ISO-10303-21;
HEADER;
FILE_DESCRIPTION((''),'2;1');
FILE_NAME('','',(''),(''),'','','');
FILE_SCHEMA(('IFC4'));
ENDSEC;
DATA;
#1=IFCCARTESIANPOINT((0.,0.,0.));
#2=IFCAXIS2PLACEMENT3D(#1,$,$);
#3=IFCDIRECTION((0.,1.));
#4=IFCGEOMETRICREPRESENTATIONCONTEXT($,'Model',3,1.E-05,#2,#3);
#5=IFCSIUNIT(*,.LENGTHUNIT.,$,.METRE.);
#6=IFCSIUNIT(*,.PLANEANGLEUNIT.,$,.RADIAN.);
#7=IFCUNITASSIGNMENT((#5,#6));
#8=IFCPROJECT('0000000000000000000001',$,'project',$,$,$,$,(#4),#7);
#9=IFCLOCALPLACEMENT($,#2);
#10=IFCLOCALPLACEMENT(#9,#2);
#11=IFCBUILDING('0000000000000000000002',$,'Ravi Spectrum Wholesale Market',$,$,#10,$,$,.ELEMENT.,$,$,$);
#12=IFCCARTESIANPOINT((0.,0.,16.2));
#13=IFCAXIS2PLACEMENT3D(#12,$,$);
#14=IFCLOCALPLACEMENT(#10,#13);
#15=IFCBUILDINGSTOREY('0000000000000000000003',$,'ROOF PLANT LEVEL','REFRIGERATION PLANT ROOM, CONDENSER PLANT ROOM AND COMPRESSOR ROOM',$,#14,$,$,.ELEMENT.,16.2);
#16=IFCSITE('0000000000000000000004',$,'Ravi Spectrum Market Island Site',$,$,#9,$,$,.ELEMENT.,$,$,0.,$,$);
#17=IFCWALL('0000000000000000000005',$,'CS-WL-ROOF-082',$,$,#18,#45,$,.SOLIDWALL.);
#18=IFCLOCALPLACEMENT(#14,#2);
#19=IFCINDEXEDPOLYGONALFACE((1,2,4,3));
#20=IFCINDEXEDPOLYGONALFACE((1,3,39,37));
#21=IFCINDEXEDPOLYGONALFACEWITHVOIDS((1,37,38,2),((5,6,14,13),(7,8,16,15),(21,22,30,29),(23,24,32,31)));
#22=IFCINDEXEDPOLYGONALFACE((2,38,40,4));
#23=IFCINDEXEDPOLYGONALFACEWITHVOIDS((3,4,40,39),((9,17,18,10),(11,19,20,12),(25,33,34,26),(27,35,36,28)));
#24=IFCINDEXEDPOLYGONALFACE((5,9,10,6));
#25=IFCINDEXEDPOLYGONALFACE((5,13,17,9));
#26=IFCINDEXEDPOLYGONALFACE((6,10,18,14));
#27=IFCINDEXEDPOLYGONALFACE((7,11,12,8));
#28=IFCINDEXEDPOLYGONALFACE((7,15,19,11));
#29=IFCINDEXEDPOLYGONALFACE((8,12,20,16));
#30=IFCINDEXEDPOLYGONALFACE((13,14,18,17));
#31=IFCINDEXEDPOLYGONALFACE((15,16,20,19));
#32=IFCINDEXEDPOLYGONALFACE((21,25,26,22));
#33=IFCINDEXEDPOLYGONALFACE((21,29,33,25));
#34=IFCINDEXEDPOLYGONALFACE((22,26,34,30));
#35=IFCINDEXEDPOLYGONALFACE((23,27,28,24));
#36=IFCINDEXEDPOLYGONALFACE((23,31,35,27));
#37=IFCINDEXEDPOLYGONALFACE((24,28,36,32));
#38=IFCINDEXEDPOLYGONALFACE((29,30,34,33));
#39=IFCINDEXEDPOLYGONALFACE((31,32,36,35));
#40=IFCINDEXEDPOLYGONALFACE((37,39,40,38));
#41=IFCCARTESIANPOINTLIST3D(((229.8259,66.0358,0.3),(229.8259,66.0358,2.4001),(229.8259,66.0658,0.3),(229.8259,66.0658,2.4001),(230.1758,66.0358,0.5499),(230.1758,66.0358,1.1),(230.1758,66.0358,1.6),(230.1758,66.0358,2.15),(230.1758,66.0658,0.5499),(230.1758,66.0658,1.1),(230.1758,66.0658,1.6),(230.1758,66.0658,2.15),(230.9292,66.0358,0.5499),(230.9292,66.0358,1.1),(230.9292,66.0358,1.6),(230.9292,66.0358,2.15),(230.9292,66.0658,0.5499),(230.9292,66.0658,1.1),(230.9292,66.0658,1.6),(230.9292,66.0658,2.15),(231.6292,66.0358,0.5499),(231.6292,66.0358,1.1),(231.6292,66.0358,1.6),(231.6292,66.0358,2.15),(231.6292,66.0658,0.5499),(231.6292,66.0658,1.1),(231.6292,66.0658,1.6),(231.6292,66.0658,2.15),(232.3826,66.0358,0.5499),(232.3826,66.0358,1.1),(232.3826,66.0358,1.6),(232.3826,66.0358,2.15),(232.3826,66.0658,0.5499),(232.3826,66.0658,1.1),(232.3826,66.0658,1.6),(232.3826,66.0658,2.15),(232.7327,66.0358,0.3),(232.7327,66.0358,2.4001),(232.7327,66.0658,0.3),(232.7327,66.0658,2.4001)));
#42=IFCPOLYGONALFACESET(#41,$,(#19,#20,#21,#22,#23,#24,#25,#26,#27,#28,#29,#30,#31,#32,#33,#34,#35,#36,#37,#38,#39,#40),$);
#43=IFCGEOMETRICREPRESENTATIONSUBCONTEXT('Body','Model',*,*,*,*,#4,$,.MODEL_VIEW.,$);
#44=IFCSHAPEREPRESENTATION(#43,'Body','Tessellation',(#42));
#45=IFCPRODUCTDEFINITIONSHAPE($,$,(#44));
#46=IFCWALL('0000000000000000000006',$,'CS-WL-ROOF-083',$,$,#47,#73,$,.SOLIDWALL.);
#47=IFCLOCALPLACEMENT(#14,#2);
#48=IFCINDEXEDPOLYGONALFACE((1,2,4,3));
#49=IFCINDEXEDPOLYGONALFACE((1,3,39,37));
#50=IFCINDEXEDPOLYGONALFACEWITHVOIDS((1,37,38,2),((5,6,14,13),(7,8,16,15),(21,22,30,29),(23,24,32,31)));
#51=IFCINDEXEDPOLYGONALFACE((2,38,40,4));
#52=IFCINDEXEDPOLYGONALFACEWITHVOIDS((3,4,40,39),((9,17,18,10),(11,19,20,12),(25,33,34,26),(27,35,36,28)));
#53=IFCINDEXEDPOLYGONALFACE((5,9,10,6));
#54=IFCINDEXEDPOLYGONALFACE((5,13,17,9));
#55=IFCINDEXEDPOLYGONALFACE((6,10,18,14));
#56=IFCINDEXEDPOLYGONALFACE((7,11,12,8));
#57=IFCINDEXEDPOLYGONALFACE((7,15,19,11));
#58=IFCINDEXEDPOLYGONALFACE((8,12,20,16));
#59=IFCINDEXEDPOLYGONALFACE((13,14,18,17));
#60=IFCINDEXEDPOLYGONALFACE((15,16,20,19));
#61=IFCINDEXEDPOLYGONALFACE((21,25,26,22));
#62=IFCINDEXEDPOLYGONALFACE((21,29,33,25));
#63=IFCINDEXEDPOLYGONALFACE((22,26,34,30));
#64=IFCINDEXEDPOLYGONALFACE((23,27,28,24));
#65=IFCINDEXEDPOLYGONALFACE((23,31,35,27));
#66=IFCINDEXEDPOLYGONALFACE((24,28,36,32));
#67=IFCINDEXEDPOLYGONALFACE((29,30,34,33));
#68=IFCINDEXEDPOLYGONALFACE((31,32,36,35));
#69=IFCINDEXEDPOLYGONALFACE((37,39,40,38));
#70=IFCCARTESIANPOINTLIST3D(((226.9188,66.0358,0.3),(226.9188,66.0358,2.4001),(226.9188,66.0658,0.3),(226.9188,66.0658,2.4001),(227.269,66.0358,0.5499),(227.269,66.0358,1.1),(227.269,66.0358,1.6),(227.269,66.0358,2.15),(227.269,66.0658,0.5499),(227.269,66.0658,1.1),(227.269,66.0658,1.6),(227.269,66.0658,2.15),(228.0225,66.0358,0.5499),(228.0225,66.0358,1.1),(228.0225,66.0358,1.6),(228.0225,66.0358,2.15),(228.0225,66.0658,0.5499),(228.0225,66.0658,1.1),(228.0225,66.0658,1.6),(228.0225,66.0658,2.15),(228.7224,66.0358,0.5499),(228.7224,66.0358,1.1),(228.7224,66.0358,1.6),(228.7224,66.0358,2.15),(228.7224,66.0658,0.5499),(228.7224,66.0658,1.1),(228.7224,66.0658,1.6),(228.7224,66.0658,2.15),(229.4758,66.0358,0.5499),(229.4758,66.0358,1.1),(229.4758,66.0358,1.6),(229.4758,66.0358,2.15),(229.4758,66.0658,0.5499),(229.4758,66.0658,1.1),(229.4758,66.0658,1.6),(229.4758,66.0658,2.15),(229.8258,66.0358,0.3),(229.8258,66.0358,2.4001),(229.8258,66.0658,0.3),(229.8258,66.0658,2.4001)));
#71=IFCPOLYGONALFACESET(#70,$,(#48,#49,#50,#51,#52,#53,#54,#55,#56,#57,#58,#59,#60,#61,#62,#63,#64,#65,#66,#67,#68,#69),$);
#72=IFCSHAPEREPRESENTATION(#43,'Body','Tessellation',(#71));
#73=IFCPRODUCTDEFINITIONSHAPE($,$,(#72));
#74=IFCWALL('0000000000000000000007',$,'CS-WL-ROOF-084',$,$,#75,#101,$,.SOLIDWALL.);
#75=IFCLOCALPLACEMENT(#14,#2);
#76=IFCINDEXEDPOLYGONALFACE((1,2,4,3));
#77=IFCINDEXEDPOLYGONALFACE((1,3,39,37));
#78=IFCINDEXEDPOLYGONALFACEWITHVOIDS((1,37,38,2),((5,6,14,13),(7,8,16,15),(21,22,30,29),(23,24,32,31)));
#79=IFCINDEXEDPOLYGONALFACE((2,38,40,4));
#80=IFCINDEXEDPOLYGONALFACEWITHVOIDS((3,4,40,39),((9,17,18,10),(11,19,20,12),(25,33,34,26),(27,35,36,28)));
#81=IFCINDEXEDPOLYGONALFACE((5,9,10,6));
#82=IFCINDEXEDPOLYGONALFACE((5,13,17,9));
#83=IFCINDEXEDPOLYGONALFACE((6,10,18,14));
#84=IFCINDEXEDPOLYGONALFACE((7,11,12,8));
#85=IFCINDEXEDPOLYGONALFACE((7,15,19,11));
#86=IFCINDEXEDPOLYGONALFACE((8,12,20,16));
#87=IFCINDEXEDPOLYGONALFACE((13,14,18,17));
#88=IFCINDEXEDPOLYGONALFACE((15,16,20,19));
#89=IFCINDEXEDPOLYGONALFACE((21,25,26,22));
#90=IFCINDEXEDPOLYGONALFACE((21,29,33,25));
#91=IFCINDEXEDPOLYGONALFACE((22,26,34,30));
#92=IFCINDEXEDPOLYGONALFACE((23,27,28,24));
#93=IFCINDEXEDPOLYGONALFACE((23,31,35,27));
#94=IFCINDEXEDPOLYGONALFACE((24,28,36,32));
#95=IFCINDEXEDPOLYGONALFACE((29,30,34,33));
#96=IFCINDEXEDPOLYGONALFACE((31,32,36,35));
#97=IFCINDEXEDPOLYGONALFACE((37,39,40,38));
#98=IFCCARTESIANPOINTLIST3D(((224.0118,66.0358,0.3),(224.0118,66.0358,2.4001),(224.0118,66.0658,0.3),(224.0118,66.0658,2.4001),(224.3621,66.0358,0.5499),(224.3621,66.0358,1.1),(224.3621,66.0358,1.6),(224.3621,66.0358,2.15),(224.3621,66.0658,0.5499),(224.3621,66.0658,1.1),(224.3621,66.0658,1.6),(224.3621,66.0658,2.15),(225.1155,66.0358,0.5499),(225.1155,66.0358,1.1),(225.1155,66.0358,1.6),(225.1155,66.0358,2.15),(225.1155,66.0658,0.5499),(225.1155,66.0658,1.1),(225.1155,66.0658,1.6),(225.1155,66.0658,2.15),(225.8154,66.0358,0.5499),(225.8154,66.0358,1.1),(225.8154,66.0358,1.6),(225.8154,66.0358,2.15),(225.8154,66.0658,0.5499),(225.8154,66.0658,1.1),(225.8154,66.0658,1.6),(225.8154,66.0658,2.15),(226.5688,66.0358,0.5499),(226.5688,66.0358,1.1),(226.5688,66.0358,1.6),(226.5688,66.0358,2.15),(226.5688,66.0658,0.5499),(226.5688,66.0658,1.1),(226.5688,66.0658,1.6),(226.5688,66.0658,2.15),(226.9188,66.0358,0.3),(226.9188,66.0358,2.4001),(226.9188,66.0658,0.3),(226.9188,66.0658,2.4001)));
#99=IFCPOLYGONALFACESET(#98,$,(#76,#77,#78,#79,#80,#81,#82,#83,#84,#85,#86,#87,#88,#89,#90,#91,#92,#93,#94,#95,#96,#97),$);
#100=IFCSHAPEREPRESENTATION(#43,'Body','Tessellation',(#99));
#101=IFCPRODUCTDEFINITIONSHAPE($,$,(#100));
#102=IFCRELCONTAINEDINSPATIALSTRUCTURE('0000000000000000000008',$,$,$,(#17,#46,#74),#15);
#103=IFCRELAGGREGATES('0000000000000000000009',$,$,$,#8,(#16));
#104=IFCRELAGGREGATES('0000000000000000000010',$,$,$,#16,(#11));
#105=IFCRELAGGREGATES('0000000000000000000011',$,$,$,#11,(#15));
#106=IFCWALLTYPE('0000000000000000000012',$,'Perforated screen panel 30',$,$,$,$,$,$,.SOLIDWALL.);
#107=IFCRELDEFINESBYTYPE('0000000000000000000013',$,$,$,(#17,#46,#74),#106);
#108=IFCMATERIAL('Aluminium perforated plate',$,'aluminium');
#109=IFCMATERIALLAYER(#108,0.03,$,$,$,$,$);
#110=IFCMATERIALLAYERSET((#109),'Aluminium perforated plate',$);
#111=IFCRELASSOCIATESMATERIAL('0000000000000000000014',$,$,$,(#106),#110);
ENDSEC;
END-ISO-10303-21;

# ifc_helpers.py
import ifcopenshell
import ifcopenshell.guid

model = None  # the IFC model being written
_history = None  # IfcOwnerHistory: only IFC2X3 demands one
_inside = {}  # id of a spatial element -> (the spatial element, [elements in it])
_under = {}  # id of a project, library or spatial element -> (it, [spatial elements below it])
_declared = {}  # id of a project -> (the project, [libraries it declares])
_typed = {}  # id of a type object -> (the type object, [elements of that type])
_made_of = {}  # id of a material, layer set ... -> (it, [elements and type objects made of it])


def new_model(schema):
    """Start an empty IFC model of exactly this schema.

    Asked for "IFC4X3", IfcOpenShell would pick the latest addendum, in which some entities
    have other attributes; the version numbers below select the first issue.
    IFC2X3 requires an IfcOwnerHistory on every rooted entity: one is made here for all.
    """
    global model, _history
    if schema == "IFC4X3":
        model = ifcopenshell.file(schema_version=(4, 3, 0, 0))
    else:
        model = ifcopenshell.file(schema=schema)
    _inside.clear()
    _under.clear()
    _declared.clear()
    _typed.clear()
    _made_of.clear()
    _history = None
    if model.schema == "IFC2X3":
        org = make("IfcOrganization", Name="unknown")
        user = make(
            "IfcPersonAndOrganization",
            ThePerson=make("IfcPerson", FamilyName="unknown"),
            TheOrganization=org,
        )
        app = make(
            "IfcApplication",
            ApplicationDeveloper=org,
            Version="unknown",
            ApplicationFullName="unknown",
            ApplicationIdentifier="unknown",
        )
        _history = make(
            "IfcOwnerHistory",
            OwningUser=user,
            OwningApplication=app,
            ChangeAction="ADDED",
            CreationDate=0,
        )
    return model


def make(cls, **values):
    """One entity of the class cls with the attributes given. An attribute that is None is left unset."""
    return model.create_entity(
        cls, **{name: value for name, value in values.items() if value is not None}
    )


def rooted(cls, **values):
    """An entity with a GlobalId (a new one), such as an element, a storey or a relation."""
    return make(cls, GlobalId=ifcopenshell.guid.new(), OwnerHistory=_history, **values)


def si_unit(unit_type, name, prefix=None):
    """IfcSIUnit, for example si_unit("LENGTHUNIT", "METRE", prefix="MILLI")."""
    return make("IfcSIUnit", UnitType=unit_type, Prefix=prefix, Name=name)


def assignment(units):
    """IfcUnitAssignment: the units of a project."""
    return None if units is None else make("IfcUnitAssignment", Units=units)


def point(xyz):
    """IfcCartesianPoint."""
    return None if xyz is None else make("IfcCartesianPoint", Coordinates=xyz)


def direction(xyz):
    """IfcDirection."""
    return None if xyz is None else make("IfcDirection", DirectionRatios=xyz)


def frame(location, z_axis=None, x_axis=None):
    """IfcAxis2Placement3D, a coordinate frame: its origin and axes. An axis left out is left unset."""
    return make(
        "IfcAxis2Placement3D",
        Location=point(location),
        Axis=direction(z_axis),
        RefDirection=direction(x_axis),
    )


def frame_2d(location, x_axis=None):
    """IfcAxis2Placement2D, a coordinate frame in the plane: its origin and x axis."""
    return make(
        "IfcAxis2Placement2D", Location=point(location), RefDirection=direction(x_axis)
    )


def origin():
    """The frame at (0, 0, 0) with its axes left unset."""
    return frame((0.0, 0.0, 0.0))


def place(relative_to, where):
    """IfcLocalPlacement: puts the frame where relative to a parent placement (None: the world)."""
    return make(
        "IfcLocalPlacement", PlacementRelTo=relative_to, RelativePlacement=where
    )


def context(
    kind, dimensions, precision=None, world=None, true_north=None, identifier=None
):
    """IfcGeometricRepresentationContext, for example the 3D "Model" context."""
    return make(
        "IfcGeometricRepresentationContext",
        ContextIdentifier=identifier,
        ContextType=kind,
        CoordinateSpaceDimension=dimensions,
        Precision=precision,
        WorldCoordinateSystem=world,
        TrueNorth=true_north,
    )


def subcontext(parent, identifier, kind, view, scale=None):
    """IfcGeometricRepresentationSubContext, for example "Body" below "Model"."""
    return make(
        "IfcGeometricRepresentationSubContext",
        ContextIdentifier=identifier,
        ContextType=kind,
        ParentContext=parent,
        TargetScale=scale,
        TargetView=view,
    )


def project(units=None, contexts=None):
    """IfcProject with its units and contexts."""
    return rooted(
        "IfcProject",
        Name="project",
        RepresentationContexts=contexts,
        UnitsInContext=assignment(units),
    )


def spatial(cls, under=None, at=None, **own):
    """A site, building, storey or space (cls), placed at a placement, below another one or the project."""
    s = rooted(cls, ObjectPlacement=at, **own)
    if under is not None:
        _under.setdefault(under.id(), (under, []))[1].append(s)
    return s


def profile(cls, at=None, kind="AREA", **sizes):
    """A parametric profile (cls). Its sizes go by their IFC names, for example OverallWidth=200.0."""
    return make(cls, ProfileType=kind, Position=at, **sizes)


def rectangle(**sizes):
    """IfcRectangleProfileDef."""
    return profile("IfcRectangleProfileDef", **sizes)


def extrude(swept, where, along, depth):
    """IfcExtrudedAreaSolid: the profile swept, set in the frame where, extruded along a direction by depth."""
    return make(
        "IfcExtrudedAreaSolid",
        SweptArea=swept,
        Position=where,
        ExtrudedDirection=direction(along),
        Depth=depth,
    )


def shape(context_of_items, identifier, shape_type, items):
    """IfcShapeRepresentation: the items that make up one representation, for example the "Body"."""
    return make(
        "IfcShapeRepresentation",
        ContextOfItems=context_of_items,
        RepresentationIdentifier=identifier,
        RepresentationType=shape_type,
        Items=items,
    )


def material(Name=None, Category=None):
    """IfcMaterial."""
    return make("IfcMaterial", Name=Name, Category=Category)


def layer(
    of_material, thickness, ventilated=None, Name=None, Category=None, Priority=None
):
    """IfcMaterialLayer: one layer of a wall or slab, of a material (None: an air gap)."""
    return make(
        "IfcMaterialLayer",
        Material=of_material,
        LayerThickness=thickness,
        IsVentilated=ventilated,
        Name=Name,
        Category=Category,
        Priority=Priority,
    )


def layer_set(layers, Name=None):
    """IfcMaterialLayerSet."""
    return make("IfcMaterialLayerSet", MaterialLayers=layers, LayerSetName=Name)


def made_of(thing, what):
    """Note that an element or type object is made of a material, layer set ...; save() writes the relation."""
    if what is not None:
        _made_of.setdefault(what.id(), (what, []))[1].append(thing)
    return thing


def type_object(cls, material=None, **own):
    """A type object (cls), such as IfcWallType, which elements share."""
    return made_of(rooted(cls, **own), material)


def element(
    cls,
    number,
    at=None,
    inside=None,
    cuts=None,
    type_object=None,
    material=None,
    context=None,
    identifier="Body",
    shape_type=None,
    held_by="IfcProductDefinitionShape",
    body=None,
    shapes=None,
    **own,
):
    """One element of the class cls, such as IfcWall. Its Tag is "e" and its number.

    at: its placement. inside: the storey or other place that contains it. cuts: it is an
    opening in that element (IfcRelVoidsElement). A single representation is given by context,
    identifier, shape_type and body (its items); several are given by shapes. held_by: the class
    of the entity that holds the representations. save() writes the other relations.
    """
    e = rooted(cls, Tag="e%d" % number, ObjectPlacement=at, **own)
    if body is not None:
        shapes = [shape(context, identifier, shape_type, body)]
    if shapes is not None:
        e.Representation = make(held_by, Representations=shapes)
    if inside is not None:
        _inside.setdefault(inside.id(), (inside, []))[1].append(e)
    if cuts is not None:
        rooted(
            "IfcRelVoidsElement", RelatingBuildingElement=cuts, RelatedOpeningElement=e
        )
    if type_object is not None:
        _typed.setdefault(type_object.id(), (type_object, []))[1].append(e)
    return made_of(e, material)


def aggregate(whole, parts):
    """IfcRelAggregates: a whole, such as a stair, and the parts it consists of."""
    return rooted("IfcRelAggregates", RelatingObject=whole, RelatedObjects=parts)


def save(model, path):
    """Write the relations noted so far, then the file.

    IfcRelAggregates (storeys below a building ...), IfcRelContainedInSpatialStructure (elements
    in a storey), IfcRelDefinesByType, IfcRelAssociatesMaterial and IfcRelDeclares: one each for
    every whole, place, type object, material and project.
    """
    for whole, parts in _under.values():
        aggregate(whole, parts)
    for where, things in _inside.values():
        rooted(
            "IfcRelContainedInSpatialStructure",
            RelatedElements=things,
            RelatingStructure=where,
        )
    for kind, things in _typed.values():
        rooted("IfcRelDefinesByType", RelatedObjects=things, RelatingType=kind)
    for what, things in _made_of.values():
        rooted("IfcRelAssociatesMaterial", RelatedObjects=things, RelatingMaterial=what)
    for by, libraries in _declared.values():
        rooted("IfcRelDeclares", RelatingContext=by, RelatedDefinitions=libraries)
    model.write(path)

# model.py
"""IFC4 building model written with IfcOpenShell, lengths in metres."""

from ifc_helpers import new_model, si_unit, direction, frame, frame_2d, origin, place, context, subcontext, project, spatial, rectangle, extrude, material, layer, layer_set, type_object, element, save


model = new_model("IFC4")

# Units and contexts
model_context = context("Model", 3, precision=1e-05, world=origin(), true_north=direction((0.0, 1.0)))
body_context = subcontext(model_context, "Body", "Model", "MODEL_VIEW")
ifc_project = project(units=[si_unit("LENGTHUNIT", "METRE"), si_unit("PLANEANGLEUNIT", "RADIAN")], contexts=[model_context])

# Site, building, storey
site_placement = place(None, origin())
site = spatial("IfcSite", under=ifc_project, at=site_placement, Name="Ravi Spectrum Market Island Site", CompositionType="ELEMENT", RefElevation=0.0)
building_placement = place(site_placement, origin())
building = spatial("IfcBuilding", under=site, at=building_placement, Name="Ravi Spectrum Wholesale Market", CompositionType="ELEMENT")
storey_placement = place(building_placement, frame((0.0, 0.0, 16.2)))
storey = spatial("IfcBuildingStorey", under=building, at=storey_placement, Name="ROOF PLANT LEVEL", Description="REFRIGERATION PLANT ROOM, CONDENSER PLANT ROOM AND COMPRESSOR ROOM", CompositionType="ELEMENT", Elevation=16.2)

# Walls, openings
ifc_material_1 = material(Name="Aluminium perforated plate", Category="aluminium")
ifc_layer = layer(ifc_material_1, 0.03)
ifc_layer_set = layer_set([ifc_layer], Name="Aluminium perforated plate")
wall_type = type_object("IfcWallType", Name="Perforated screen panel 30", PredefinedType="SOLIDWALL", material=ifc_layer_set)
wall_1_placement = place(storey_placement, frame((232.7327, 66.0508, 0.3), z_axis=(0.0, 0.0, 1.0), x_axis=(-1.0, 0.0, 0.0)))
wall_1 = element("IfcWall", 1, at=wall_1_placement, inside=storey, type_object=wall_type, Name="CS-WL-ROOF-082", PredefinedType="SOLIDWALL", context=body_context, shape_type="SweptSolid", body=[
    extrude(rectangle(XDim=2.9067, YDim=0.03, at=frame_2d((1.4534, 0.0))), origin(), (0.0, 0.0, 1.0), 2.1001),
])
opening_1_placement = place(wall_1_placement, frame((0.3501, 0.0, 0.25)))
element("IfcOpeningElement", 2, at=opening_1_placement, cuts=wall_1, PredefinedType="OPENING", context=body_context, shape_type="SweptSolid", body=[
    extrude(rectangle(XDim=0.7534, YDim=0.55, at=frame_2d((0.3767, 0.2749))), frame((0.0, 0.0249, 0.0), z_axis=(0.0, -1.0, 0.0), x_axis=(1.0, 0.0, 0.0)), (0.0, 0.0, 1.0), 0.05),
])
opening_2_placement = place(wall_1_placement, frame((0.3501, 0.0, 1.3)))
element("IfcOpeningElement", 3, at=opening_2_placement, cuts=wall_1, PredefinedType="OPENING", context=body_context, shape_type="SweptSolid", body=[
    extrude(rectangle(XDim=0.7534, YDim=0.55, at=frame_2d((0.3767, 0.2749))), frame((0.0, 0.0249, 0.0), z_axis=(0.0, -1.0, 0.0), x_axis=(1.0, 0.0, 0.0)), (0.0, 0.0, 1.0), 0.05),
])
opening_3_placement = place(wall_1_placement, frame((1.8035, 0.0, 0.25)))
element("IfcOpeningElement", 4, at=opening_3_placement, cuts=wall_1, PredefinedType="OPENING", context=body_context, shape_type="SweptSolid", body=[
    extrude(rectangle(XDim=0.7534, YDim=0.55, at=frame_2d((0.3767, 0.2749))), frame((0.0, 0.0249, 0.0), z_axis=(0.0, -1.0, 0.0), x_axis=(1.0, 0.0, 0.0)), (0.0, 0.0, 1.0), 0.05),
])
opening_4_placement = place(wall_1_placement, frame((1.8035, 0.0, 1.3)))
element("IfcOpeningElement", 5, at=opening_4_placement, cuts=wall_1, PredefinedType="OPENING", context=body_context, shape_type="SweptSolid", body=[
    extrude(rectangle(XDim=0.7534, YDim=0.55, at=frame_2d((0.3767, 0.2749))), frame((0.0, 0.0249, 0.0), z_axis=(0.0, -1.0, 0.0), x_axis=(1.0, 0.0, 0.0)), (0.0, 0.0, 1.0), 0.05),
])
wall_2_placement = place(storey_placement, frame((229.8259, 66.0508, 0.3), z_axis=(0.0, 0.0, 1.0), x_axis=(-1.0, 0.0, 0.0)))
wall_2 = element("IfcWall", 6, at=wall_2_placement, inside=storey, type_object=wall_type, Name="CS-WL-ROOF-083", PredefinedType="SOLIDWALL", context=body_context, shape_type="SweptSolid", body=[
    extrude(rectangle(XDim=2.907, YDim=0.03, at=frame_2d((1.4536, 0.0))), origin(), (0.0, 0.0, 1.0), 2.1001),
])
opening_5_placement = place(wall_2_placement, frame((0.3501, 0.0, 0.25)))
element("IfcOpeningElement", 7, at=opening_5_placement, cuts=wall_2, PredefinedType="OPENING", context=body_context, shape_type="SweptSolid", body=[
    extrude(rectangle(XDim=0.7534, YDim=0.55, at=frame_2d((0.3767, 0.2749))), frame((0.0, 0.0249, 0.0), z_axis=(0.0, -1.0, 0.0), x_axis=(1.0, 0.0, 0.0)), (0.0, 0.0, 1.0), 0.05),
])
opening_6_placement = place(wall_2_placement, frame((0.3501, 0.0, 1.3)))
element("IfcOpeningElement", 8, at=opening_6_placement, cuts=wall_2, PredefinedType="OPENING", context=body_context, shape_type="SweptSolid", body=[
    extrude(rectangle(XDim=0.7534, YDim=0.55, at=frame_2d((0.3767, 0.2749))), frame((0.0, 0.0249, 0.0), z_axis=(0.0, -1.0, 0.0), x_axis=(1.0, 0.0, 0.0)), (0.0, 0.0, 1.0), 0.05),
])
opening_7_placement = place(wall_2_placement, frame((1.8035, 0.0, 0.25)))
element("IfcOpeningElement", 9, at=opening_7_placement, cuts=wall_2, PredefinedType="OPENING", context=body_context, shape_type="SweptSolid", body=[
    extrude(rectangle(XDim=0.7534, YDim=0.55, at=frame_2d((0.3767, 0.2749))), frame((0.0, 0.0249, 0.0), z_axis=(0.0, -1.0, 0.0), x_axis=(1.0, 0.0, 0.0)), (0.0, 0.0, 1.0), 0.05),
])
opening_8_placement = place(wall_2_placement, frame((1.8035, 0.0, 1.3)))
element("IfcOpeningElement", 10, at=opening_8_placement, cuts=wall_2, PredefinedType="OPENING", context=body_context, shape_type="SweptSolid", body=[
    extrude(rectangle(XDim=0.7534, YDim=0.55, at=frame_2d((0.3767, 0.2749))), frame((0.0, 0.0249, 0.0), z_axis=(0.0, -1.0, 0.0), x_axis=(1.0, 0.0, 0.0)), (0.0, 0.0, 1.0), 0.05),
])
wall_3_placement = place(storey_placement, frame((226.9189, 66.0508, 0.3), z_axis=(0.0, 0.0, 1.0), x_axis=(-1.0, 0.0, 0.0)))
wall_3 = element("IfcWall", 11, at=wall_3_placement, inside=storey, type_object=wall_type, Name="CS-WL-ROOF-084", PredefinedType="SOLIDWALL", context=body_context, shape_type="SweptSolid", body=[
    extrude(rectangle(XDim=2.907, YDim=0.03, at=frame_2d((1.4536, 0.0))), origin(), (0.0, 0.0, 1.0), 2.1001),
])
opening_9_placement = place(wall_3_placement, frame((0.3501, 0.0, 0.25)))
element("IfcOpeningElement", 12, at=opening_9_placement, cuts=wall_3, PredefinedType="OPENING", context=body_context, shape_type="SweptSolid", body=[
    extrude(rectangle(XDim=0.7534, YDim=0.55, at=frame_2d((0.3767, 0.2749))), frame((0.0, 0.0249, 0.0), z_axis=(0.0, -1.0, 0.0), x_axis=(1.0, 0.0, 0.0)), (0.0, 0.0, 1.0), 0.05),
])
opening_10_placement = place(wall_3_placement, frame((0.3501, 0.0, 1.3)))
element("IfcOpeningElement", 13, at=opening_10_placement, cuts=wall_3, PredefinedType="OPENING", context=body_context, shape_type="SweptSolid", body=[
    extrude(rectangle(XDim=0.7534, YDim=0.55, at=frame_2d((0.3767, 0.2749))), frame((0.0, 0.0249, 0.0), z_axis=(0.0, -1.0, 0.0), x_axis=(1.0, 0.0, 0.0)), (0.0, 0.0, 1.0), 0.05),
])
opening_11_placement = place(wall_3_placement, frame((1.8035, 0.0, 0.25)))
element("IfcOpeningElement", 14, at=opening_11_placement, cuts=wall_3, PredefinedType="OPENING", context=body_context, shape_type="SweptSolid", body=[
    extrude(rectangle(XDim=0.7534, YDim=0.55, at=frame_2d((0.3767, 0.2749))), frame((0.0, 0.0249, 0.0), z_axis=(0.0, -1.0, 0.0), x_axis=(1.0, 0.0, 0.0)), (0.0, 0.0, 1.0), 0.05),
])
opening_12_placement = place(wall_3_placement, frame((1.8035, 0.0, 1.3)))
element("IfcOpeningElement", 15, at=opening_12_placement, cuts=wall_3, PredefinedType="OPENING", context=body_context, shape_type="SweptSolid", body=[
    extrude(rectangle(XDim=0.7534, YDim=0.55, at=frame_2d((0.3767, 0.2749))), frame((0.0, 0.0249, 0.0), z_axis=(0.0, -1.0, 0.0), x_axis=(1.0, 0.0, 0.0)), (0.0, 0.0, 1.0), 0.05),
])

save(model, "model.ifc")
